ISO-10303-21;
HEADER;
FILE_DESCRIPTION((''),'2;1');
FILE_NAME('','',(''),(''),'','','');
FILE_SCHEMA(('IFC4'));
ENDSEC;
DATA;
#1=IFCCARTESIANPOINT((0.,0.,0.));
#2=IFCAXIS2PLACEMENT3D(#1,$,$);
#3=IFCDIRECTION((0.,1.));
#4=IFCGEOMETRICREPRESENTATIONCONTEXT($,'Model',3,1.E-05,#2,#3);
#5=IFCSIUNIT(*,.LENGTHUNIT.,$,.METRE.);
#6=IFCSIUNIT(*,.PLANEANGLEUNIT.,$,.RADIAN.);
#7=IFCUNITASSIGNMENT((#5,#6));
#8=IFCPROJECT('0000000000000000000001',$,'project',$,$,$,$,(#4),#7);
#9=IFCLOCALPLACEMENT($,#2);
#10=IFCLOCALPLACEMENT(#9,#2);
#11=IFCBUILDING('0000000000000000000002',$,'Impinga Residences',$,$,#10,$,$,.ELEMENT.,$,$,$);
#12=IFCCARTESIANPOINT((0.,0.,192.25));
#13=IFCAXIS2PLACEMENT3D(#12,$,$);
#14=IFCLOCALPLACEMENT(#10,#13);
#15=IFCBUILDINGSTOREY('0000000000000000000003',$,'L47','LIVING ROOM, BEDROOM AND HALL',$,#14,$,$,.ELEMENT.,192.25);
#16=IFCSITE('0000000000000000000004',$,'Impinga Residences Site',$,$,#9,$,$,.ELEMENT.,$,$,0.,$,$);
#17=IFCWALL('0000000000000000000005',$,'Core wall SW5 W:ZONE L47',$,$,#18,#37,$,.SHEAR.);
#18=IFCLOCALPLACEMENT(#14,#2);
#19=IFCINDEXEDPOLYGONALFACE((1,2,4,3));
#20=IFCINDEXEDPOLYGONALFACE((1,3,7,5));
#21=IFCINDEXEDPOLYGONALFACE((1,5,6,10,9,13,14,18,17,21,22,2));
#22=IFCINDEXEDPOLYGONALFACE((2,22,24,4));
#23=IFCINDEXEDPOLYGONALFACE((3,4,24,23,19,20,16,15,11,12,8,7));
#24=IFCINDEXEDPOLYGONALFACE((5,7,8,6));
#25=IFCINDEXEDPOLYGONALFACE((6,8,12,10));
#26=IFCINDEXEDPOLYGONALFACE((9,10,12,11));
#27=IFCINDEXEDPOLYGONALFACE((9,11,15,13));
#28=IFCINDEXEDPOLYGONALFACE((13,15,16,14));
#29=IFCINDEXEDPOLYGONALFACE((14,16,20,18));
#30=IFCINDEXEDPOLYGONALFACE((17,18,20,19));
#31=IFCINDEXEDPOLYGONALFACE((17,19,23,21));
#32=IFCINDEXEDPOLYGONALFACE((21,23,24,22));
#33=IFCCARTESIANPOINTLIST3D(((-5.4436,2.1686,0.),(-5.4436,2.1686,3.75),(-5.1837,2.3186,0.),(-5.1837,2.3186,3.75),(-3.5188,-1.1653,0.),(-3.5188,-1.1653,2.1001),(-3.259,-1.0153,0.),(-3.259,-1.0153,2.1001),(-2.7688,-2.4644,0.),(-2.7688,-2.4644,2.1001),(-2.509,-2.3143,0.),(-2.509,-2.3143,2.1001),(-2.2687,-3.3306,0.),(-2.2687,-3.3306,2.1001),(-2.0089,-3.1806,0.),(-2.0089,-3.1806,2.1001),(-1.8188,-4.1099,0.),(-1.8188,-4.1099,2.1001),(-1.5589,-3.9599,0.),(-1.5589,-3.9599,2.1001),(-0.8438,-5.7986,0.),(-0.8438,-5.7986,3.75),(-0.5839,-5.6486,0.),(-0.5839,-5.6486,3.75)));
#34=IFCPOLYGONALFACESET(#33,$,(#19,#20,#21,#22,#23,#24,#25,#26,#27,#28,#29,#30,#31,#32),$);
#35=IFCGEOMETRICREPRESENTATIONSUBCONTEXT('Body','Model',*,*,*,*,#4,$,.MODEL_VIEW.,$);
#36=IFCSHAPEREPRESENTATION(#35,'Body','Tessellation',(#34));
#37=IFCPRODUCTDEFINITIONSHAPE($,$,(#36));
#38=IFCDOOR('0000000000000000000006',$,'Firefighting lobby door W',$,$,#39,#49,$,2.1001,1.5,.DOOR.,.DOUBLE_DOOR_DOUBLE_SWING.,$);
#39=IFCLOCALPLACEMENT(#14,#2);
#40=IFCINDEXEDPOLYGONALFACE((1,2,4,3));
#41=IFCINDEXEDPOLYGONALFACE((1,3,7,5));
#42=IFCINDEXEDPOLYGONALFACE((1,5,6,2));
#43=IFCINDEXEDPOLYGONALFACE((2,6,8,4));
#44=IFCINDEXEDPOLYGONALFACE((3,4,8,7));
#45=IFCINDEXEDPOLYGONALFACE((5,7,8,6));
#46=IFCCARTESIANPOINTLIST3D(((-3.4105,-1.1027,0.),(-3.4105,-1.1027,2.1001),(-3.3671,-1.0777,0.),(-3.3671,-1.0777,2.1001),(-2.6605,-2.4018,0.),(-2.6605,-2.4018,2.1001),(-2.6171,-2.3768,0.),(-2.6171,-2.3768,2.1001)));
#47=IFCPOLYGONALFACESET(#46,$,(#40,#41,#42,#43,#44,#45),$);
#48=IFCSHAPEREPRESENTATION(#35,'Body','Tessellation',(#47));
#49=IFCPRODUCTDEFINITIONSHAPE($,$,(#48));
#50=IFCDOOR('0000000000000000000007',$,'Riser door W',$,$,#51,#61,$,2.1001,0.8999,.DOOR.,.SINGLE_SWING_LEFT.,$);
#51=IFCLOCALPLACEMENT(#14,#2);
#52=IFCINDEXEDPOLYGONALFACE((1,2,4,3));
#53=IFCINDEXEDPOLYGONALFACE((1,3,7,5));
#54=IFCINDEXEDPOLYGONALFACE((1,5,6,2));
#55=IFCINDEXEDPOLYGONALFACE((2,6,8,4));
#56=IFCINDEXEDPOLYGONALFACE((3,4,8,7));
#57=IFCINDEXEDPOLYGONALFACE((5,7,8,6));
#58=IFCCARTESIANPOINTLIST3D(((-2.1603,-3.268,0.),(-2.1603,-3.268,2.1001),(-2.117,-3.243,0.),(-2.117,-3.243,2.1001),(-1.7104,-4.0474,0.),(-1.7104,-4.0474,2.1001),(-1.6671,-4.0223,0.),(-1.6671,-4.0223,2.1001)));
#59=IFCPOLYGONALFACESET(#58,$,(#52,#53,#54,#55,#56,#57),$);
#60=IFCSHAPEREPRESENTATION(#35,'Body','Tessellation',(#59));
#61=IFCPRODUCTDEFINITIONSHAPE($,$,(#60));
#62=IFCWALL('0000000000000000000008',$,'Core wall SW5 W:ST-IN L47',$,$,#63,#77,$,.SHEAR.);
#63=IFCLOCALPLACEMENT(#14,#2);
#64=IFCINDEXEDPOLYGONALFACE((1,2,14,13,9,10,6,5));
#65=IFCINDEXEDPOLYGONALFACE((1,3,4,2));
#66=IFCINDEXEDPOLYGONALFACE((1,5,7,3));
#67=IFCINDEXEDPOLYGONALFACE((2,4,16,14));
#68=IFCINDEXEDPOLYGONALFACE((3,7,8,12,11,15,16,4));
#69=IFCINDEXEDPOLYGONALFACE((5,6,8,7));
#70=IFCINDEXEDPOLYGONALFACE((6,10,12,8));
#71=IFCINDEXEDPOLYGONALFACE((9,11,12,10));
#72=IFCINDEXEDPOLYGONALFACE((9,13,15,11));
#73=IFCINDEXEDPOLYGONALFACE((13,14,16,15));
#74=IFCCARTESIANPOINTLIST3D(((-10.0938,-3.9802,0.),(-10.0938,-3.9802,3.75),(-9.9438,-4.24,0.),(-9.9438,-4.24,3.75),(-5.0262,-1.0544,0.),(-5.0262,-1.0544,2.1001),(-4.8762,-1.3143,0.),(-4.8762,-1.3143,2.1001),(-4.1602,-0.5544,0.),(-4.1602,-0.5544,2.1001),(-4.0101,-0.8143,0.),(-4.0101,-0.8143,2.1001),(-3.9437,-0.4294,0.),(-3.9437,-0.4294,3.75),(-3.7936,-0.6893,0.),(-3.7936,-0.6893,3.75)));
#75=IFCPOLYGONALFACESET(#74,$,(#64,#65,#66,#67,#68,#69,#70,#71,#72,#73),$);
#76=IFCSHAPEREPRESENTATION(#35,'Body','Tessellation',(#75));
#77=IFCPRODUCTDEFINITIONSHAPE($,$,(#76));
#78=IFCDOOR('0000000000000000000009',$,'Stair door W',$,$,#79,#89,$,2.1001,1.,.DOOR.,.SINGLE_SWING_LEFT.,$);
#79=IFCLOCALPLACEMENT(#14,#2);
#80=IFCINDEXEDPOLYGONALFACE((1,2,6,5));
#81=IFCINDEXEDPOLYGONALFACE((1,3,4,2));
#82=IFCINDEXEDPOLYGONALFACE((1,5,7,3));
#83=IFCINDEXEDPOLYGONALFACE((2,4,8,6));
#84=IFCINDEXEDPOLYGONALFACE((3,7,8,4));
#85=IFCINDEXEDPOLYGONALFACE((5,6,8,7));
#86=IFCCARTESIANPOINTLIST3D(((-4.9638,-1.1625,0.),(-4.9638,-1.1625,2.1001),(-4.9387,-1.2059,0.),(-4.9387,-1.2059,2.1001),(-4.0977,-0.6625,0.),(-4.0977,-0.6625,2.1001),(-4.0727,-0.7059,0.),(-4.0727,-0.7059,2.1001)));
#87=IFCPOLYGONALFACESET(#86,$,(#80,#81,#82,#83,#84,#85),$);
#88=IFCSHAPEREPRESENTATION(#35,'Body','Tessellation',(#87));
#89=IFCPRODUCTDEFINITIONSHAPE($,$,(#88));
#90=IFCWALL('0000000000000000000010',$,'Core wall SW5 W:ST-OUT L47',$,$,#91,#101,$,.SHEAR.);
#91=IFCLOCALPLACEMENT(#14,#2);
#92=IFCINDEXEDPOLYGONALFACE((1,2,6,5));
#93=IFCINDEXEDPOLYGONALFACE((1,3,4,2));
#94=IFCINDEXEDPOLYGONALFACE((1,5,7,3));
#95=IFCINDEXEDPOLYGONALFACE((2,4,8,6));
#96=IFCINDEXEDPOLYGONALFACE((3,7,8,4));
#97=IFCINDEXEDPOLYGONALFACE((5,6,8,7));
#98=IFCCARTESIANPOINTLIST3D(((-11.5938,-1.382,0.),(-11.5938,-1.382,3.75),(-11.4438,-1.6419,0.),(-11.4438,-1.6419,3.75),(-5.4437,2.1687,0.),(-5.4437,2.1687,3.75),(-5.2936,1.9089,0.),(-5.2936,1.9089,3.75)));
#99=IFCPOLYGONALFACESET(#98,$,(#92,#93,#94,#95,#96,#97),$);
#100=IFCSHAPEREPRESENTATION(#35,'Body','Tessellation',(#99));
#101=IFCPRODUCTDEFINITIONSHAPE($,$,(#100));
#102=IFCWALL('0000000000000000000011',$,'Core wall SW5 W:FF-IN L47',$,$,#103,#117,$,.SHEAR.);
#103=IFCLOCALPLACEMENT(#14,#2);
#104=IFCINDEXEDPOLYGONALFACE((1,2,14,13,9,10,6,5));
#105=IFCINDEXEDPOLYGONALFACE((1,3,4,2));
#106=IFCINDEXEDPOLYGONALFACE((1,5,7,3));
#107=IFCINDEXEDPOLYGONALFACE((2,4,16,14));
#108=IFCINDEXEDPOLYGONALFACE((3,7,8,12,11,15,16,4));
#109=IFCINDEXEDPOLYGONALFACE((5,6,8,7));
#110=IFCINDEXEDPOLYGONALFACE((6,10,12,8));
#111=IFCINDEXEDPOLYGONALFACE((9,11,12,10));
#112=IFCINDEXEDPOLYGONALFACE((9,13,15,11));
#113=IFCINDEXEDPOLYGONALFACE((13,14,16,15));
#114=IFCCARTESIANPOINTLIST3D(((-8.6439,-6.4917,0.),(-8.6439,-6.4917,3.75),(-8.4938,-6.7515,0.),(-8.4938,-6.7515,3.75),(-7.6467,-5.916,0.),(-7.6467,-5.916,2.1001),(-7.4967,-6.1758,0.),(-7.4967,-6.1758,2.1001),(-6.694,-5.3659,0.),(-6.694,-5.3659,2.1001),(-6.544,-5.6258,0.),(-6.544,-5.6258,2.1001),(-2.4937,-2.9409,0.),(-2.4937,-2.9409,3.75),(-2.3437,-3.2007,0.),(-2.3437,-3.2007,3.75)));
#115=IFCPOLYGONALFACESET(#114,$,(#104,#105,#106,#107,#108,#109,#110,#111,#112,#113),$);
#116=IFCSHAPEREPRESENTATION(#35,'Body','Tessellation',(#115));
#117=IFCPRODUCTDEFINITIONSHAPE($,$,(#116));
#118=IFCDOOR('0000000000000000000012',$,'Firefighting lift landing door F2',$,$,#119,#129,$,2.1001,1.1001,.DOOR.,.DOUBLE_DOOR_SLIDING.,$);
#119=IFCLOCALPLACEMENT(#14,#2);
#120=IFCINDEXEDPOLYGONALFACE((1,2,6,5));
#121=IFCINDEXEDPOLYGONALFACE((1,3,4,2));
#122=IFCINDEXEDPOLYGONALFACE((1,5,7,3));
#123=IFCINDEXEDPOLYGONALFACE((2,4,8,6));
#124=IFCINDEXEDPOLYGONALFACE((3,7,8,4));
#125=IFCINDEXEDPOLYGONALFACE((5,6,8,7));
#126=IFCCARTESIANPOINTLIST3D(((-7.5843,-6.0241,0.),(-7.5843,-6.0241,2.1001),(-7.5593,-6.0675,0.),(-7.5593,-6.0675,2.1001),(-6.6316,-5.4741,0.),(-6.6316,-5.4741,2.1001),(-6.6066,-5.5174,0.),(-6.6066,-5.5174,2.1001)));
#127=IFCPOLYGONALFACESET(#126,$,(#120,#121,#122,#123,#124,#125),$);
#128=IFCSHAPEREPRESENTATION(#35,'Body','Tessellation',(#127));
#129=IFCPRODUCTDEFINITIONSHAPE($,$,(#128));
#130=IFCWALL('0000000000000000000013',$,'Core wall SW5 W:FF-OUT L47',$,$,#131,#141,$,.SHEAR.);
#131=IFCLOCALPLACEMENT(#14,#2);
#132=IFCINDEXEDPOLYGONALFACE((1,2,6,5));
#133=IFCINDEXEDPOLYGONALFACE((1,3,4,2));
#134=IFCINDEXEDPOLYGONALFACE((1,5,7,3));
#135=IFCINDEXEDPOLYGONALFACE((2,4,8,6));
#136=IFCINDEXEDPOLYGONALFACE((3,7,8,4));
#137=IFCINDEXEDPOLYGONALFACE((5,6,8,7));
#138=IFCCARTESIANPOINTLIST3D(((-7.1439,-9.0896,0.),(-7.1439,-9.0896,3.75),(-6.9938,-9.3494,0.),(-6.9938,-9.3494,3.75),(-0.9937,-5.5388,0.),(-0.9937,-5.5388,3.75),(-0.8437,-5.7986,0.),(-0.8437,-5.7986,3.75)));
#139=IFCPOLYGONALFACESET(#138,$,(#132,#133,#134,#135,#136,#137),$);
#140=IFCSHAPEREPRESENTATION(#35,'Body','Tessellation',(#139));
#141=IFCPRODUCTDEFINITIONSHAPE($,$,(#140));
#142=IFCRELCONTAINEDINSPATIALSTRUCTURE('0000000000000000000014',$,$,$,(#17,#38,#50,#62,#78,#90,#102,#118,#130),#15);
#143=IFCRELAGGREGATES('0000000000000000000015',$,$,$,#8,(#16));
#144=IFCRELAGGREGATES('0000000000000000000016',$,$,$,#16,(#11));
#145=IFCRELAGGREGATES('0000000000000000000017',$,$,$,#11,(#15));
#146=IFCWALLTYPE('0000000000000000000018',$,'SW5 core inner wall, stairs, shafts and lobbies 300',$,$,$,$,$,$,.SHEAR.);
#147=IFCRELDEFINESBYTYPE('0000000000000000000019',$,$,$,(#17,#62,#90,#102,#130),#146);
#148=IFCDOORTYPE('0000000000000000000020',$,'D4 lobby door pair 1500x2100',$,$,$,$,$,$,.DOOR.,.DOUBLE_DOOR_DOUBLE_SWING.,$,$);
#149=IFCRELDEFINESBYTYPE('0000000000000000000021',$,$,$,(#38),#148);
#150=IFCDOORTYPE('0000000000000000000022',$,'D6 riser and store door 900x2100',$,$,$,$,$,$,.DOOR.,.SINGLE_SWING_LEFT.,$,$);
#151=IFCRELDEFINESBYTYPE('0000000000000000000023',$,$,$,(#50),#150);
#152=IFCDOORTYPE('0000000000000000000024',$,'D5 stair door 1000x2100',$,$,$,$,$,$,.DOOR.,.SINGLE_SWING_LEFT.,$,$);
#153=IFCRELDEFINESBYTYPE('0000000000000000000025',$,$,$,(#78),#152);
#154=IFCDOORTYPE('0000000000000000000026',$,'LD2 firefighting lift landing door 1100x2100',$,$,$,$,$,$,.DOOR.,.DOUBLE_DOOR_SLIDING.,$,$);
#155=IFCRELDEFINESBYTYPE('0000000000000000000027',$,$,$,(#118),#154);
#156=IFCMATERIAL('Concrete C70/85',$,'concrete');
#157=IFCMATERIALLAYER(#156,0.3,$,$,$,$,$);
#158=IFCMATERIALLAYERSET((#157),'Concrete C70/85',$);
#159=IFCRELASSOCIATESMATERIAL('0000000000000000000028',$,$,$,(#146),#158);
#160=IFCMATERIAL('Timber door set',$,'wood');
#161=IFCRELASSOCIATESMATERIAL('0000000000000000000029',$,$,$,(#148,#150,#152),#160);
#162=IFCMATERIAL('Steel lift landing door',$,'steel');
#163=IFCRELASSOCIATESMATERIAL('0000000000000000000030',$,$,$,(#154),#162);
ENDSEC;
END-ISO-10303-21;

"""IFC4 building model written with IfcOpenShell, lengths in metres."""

from ifc_helpers import new_model, si_unit, direction, frame, frame_2d, origin, place, context, subcontext, project, spatial, rectangle, extrude, material, layer, layer_set, type_object, element, fill, save


model = new_model("IFC4")

# Units and contexts
model_context = context("Model", 3, precision=1e-05, world=origin(), true_north=direction((0.0, 1.0)))
body_context = subcontext(model_context, "Body", "Model", "MODEL_VIEW")
ifc_project = project(units=[si_unit("LENGTHUNIT", "METRE"), si_unit("PLANEANGLEUNIT", "RADIAN")], contexts=[model_context])

# Site, building, storey
site_placement = place(None, origin())
site = spatial("IfcSite", under=ifc_project, at=site_placement, Name="Impinga Residences Site", CompositionType="ELEMENT", RefElevation=0.0)
building_placement = place(site_placement, origin())
building = spatial("IfcBuilding", under=site, at=building_placement, Name="Impinga Residences", CompositionType="ELEMENT")
storey_placement = place(building_placement, frame((0.0, 0.0, 192.25)))
storey = spatial("IfcBuildingStorey", under=building, at=storey_placement, Name="L47", Description="LIVING ROOM, BEDROOM AND HALL", CompositionType="ELEMENT", Elevation=192.25)

# Wall, openings, doors
ifc_material_1 = material(Name="Concrete C70/85", Category="concrete")
ifc_layer_1 = layer(ifc_material_1, 0.3)
ifc_layer_set_1 = layer_set([ifc_layer_1], Name="Concrete C70/85")
wall_type_1 = type_object("IfcWallType", Name="SW5 core inner wall, stairs, shafts and lobbies 300", PredefinedType="SHEAR", material=ifc_layer_set_1)
ifc_material_2 = material(Name="Timber door set", Category="wood")
door_type_1 = type_object("IfcDoorType", Name="D4 lobby door pair 1500x2100", OperationType="DOUBLE_DOOR_DOUBLE_SWING", PredefinedType="DOOR", material=ifc_material_2)
door_type_2 = type_object("IfcDoorType", Name="D6 riser and store door 900x2100", OperationType="SINGLE_SWING_LEFT", PredefinedType="DOOR", material=ifc_material_2)
wall_1_placement = place(storey_placement, frame((-0.7139, -5.7236, 0.0), z_axis=(0.0, 0.0, 1.0), x_axis=(-0.499995, 0.866028, 0.0)))
wall_1 = element("IfcWall", 1, at=wall_1_placement, inside=storey, type_object=wall_type_1, Name="Core wall SW5 W:ZONE L47", PredefinedType="SHEAR", context=body_context, shape_type="SweptSolid", body=[
    extrude(rectangle(XDim=9.1997, YDim=0.3, at=frame_2d((4.5999, 0.0))), origin(), (0.0, 0.0, 1.0), 3.75),
])
opening_1_placement = place(wall_1_placement, frame((3.8501, 0.0, 0.0)))
opening_1 = element("IfcOpeningElement", 2, at=opening_1_placement, cuts=wall_1, PredefinedType="OPENING", context=body_context, shape_type="SweptSolid", body=[
    extrude(rectangle(XDim=1.5, YDim=2.1001, at=frame_2d((0.75, 1.05))), frame((0.0, 0.1599, 0.0), z_axis=(0.0, -1.0, 0.0), x_axis=(1.0, 0.0, 0.0)), (0.0, 0.0, 1.0), 0.3201),
])
opening_2_placement = place(wall_1_placement, frame((1.95, 0.0, 0.0)))
opening_2 = element("IfcOpeningElement", 3, at=opening_2_placement, cuts=wall_1, PredefinedType="OPENING", context=body_context, shape_type="SweptSolid", body=[
    extrude(rectangle(XDim=0.8999, YDim=2.1001, at=frame_2d((0.45, 1.05))), frame((0.0, 0.1599, 0.0), z_axis=(0.0, -1.0, 0.0), x_axis=(1.0, 0.0, 0.0)), (0.0, 0.0, 1.0), 0.3201),
])
door_1_placement = place(opening_1_placement, origin())
door_1 = element("IfcDoor", 4, at=door_1_placement, inside=storey, type_object=door_type_1, Name="Firefighting lobby door W", OperationType="DOUBLE_DOOR_DOUBLE_SWING", OverallHeight=2.1001, OverallWidth=1.5, PredefinedType="DOOR", context=body_context, shape_type="SweptSolid", body=[
    extrude(rectangle(XDim=1.5, YDim=2.1001, at=frame_2d((0.75, 1.05))), frame((0.0, 0.0249, 0.0), z_axis=(0.0, -1.0, 0.0), x_axis=(1.0, 0.0, 0.0)), (0.0, 0.0, 1.0), 0.05),
])
fill(opening_1, door_1)
door_2_placement = place(opening_2_placement, origin())
door_2 = element("IfcDoor", 5, at=door_2_placement, inside=storey, type_object=door_type_2, Name="Riser door W", OperationType="SINGLE_SWING_LEFT", OverallHeight=2.1001, OverallWidth=0.8999, PredefinedType="DOOR", context=body_context, shape_type="SweptSolid", body=[
    extrude(rectangle(XDim=0.8999, YDim=2.1001, at=frame_2d((0.45, 1.05))), frame((0.0, 0.0249, 0.0), z_axis=(0.0, -1.0, 0.0), x_axis=(1.0, 0.0, 0.0)), (0.0, 0.0, 1.0), 0.05),
])
fill(opening_2, door_2)

# Wall, opening, door
wall_2_placement = place(storey_placement, frame((-3.8687, -0.5593, 0.0), z_axis=(0.0, 0.0, 1.0), x_axis=(-0.866026, -0.499999, 0.0)))
wall_2 = element("IfcWall", 6, at=wall_2_placement, inside=storey, type_object=wall_type_1, Name="Core wall SW5 W:ST-IN L47", PredefinedType="SHEAR", context=body_context, shape_type="SweptSolid", body=[
    extrude(rectangle(XDim=7.1016, YDim=0.3, at=frame_2d((3.5508, 0.0))), origin(), (0.0, 0.0, 1.0), 3.75),
])
opening_3_placement = place(wall_2_placement, frame((0.25, 0.0, 0.0)))
opening_3 = element("IfcOpeningElement", 7, at=opening_3_placement, cuts=wall_2, PredefinedType="OPENING", context=body_context, shape_type="SweptSolid", body=[
    extrude(rectangle(XDim=1.0, YDim=2.1001, at=frame_2d((0.5, 1.05))), frame((0.0, 0.1599, 0.0), z_axis=(0.0, -1.0, 0.0), x_axis=(1.0, 0.0, 0.0)), (0.0, 0.0, 1.0), 0.3201),
])
door_type_3 = type_object("IfcDoorType", Name="D5 stair door 1000x2100", OperationType="SINGLE_SWING_LEFT", PredefinedType="DOOR", material=ifc_material_2)
door_3_placement = place(opening_3_placement, origin())
door_3 = element("IfcDoor", 8, at=door_3_placement, inside=storey, type_object=door_type_3, Name="Stair door W", OperationType="SINGLE_SWING_LEFT", OverallHeight=2.1001, OverallWidth=1.0, PredefinedType="DOOR", context=body_context, shape_type="SweptSolid", body=[
    extrude(rectangle(XDim=1.0, YDim=2.1001, at=frame_2d((0.5, 1.05))), frame((0.0, 0.0249, 0.0), z_axis=(0.0, -1.0, 0.0), x_axis=(1.0, 0.0, 0.0)), (0.0, 0.0, 1.0), 0.05),
])
fill(opening_3, door_3)

# Wall
wall_3_placement = place(storey_placement, frame((-5.3687, 2.0388, 0.0), z_axis=(0.0, 0.0, 1.0), x_axis=(-0.866026, -0.499999, 0.0)))
element("IfcWall", 9, at=wall_3_placement, inside=storey, type_object=wall_type_1, Name="Core wall SW5 W:ST-OUT L47", PredefinedType="SHEAR", context=body_context, shape_type="SweptSolid", body=[
    extrude(rectangle(XDim=7.1016, YDim=0.3, at=frame_2d((3.5508, 0.0))), origin(), (0.0, 0.0, 1.0), 3.75),
])

# Wall, opening, door
wall_4_placement = place(storey_placement, frame((-2.4187, -3.0708, 0.0), z_axis=(0.0, 0.0, 1.0), x_axis=(-0.866026, -0.499999, 0.0)))
wall_4 = element("IfcWall", 10, at=wall_4_placement, inside=storey, type_object=wall_type_1, Name="Core wall SW5 W:FF-IN L47", PredefinedType="SHEAR", context=body_context, shape_type="SweptSolid", body=[
    extrude(rectangle(XDim=7.1016, YDim=0.3, at=frame_2d((3.5508, 0.0))), origin(), (0.0, 0.0, 1.0), 3.75),
])
opening_4_placement = place(wall_4_placement, frame((4.8501, 0.0, 0.0)))
opening_4 = element("IfcOpeningElement", 11, at=opening_4_placement, cuts=wall_4, PredefinedType="OPENING", context=body_context, shape_type="SweptSolid", body=[
    extrude(rectangle(XDim=1.1001, YDim=2.1001, at=frame_2d((0.55, 1.05))), frame((0.0, 0.1599, 0.0), z_axis=(0.0, -1.0, 0.0), x_axis=(1.0, 0.0, 0.0)), (0.0, 0.0, 1.0), 0.3201),
])
ifc_material_3 = material(Name="Steel lift landing door", Category="steel")
door_type_4 = type_object("IfcDoorType", Name="LD2 firefighting lift landing door 1100x2100", OperationType="DOUBLE_DOOR_SLIDING", PredefinedType="DOOR", material=ifc_material_3)
door_4_placement = place(opening_4_placement, origin())
door_4 = element("IfcDoor", 12, at=door_4_placement, inside=storey, type_object=door_type_4, Name="Firefighting lift landing door F2", OperationType="DOUBLE_DOOR_SLIDING", OverallHeight=2.1001, OverallWidth=1.1001, PredefinedType="DOOR", context=body_context, shape_type="SweptSolid", body=[
    extrude(rectangle(XDim=1.1001, YDim=2.1001, at=frame_2d((0.55, 1.05))), frame((0.0, 0.0249, 0.0), z_axis=(0.0, -1.0, 0.0), x_axis=(1.0, 0.0, 0.0)), (0.0, 0.0, 1.0), 0.05),
])
fill(opening_4, door_4)

# Wall
wall_5_placement = place(storey_placement, frame((-0.9187, -5.6687, 0.0), z_axis=(0.0, 0.0, 1.0), x_axis=(-0.866026, -0.499999, 0.0)))
element("IfcWall", 13, at=wall_5_placement, inside=storey, type_object=wall_type_1, Name="Core wall SW5 W:FF-OUT L47", PredefinedType="SHEAR", context=body_context, shape_type="SweptSolid", body=[
    extrude(rectangle(XDim=7.1016, YDim=0.3, at=frame_2d((3.5508, 0.0))), origin(), (0.0, 0.0, 1.0), 3.75),
])

save(model, "model.ifc")
